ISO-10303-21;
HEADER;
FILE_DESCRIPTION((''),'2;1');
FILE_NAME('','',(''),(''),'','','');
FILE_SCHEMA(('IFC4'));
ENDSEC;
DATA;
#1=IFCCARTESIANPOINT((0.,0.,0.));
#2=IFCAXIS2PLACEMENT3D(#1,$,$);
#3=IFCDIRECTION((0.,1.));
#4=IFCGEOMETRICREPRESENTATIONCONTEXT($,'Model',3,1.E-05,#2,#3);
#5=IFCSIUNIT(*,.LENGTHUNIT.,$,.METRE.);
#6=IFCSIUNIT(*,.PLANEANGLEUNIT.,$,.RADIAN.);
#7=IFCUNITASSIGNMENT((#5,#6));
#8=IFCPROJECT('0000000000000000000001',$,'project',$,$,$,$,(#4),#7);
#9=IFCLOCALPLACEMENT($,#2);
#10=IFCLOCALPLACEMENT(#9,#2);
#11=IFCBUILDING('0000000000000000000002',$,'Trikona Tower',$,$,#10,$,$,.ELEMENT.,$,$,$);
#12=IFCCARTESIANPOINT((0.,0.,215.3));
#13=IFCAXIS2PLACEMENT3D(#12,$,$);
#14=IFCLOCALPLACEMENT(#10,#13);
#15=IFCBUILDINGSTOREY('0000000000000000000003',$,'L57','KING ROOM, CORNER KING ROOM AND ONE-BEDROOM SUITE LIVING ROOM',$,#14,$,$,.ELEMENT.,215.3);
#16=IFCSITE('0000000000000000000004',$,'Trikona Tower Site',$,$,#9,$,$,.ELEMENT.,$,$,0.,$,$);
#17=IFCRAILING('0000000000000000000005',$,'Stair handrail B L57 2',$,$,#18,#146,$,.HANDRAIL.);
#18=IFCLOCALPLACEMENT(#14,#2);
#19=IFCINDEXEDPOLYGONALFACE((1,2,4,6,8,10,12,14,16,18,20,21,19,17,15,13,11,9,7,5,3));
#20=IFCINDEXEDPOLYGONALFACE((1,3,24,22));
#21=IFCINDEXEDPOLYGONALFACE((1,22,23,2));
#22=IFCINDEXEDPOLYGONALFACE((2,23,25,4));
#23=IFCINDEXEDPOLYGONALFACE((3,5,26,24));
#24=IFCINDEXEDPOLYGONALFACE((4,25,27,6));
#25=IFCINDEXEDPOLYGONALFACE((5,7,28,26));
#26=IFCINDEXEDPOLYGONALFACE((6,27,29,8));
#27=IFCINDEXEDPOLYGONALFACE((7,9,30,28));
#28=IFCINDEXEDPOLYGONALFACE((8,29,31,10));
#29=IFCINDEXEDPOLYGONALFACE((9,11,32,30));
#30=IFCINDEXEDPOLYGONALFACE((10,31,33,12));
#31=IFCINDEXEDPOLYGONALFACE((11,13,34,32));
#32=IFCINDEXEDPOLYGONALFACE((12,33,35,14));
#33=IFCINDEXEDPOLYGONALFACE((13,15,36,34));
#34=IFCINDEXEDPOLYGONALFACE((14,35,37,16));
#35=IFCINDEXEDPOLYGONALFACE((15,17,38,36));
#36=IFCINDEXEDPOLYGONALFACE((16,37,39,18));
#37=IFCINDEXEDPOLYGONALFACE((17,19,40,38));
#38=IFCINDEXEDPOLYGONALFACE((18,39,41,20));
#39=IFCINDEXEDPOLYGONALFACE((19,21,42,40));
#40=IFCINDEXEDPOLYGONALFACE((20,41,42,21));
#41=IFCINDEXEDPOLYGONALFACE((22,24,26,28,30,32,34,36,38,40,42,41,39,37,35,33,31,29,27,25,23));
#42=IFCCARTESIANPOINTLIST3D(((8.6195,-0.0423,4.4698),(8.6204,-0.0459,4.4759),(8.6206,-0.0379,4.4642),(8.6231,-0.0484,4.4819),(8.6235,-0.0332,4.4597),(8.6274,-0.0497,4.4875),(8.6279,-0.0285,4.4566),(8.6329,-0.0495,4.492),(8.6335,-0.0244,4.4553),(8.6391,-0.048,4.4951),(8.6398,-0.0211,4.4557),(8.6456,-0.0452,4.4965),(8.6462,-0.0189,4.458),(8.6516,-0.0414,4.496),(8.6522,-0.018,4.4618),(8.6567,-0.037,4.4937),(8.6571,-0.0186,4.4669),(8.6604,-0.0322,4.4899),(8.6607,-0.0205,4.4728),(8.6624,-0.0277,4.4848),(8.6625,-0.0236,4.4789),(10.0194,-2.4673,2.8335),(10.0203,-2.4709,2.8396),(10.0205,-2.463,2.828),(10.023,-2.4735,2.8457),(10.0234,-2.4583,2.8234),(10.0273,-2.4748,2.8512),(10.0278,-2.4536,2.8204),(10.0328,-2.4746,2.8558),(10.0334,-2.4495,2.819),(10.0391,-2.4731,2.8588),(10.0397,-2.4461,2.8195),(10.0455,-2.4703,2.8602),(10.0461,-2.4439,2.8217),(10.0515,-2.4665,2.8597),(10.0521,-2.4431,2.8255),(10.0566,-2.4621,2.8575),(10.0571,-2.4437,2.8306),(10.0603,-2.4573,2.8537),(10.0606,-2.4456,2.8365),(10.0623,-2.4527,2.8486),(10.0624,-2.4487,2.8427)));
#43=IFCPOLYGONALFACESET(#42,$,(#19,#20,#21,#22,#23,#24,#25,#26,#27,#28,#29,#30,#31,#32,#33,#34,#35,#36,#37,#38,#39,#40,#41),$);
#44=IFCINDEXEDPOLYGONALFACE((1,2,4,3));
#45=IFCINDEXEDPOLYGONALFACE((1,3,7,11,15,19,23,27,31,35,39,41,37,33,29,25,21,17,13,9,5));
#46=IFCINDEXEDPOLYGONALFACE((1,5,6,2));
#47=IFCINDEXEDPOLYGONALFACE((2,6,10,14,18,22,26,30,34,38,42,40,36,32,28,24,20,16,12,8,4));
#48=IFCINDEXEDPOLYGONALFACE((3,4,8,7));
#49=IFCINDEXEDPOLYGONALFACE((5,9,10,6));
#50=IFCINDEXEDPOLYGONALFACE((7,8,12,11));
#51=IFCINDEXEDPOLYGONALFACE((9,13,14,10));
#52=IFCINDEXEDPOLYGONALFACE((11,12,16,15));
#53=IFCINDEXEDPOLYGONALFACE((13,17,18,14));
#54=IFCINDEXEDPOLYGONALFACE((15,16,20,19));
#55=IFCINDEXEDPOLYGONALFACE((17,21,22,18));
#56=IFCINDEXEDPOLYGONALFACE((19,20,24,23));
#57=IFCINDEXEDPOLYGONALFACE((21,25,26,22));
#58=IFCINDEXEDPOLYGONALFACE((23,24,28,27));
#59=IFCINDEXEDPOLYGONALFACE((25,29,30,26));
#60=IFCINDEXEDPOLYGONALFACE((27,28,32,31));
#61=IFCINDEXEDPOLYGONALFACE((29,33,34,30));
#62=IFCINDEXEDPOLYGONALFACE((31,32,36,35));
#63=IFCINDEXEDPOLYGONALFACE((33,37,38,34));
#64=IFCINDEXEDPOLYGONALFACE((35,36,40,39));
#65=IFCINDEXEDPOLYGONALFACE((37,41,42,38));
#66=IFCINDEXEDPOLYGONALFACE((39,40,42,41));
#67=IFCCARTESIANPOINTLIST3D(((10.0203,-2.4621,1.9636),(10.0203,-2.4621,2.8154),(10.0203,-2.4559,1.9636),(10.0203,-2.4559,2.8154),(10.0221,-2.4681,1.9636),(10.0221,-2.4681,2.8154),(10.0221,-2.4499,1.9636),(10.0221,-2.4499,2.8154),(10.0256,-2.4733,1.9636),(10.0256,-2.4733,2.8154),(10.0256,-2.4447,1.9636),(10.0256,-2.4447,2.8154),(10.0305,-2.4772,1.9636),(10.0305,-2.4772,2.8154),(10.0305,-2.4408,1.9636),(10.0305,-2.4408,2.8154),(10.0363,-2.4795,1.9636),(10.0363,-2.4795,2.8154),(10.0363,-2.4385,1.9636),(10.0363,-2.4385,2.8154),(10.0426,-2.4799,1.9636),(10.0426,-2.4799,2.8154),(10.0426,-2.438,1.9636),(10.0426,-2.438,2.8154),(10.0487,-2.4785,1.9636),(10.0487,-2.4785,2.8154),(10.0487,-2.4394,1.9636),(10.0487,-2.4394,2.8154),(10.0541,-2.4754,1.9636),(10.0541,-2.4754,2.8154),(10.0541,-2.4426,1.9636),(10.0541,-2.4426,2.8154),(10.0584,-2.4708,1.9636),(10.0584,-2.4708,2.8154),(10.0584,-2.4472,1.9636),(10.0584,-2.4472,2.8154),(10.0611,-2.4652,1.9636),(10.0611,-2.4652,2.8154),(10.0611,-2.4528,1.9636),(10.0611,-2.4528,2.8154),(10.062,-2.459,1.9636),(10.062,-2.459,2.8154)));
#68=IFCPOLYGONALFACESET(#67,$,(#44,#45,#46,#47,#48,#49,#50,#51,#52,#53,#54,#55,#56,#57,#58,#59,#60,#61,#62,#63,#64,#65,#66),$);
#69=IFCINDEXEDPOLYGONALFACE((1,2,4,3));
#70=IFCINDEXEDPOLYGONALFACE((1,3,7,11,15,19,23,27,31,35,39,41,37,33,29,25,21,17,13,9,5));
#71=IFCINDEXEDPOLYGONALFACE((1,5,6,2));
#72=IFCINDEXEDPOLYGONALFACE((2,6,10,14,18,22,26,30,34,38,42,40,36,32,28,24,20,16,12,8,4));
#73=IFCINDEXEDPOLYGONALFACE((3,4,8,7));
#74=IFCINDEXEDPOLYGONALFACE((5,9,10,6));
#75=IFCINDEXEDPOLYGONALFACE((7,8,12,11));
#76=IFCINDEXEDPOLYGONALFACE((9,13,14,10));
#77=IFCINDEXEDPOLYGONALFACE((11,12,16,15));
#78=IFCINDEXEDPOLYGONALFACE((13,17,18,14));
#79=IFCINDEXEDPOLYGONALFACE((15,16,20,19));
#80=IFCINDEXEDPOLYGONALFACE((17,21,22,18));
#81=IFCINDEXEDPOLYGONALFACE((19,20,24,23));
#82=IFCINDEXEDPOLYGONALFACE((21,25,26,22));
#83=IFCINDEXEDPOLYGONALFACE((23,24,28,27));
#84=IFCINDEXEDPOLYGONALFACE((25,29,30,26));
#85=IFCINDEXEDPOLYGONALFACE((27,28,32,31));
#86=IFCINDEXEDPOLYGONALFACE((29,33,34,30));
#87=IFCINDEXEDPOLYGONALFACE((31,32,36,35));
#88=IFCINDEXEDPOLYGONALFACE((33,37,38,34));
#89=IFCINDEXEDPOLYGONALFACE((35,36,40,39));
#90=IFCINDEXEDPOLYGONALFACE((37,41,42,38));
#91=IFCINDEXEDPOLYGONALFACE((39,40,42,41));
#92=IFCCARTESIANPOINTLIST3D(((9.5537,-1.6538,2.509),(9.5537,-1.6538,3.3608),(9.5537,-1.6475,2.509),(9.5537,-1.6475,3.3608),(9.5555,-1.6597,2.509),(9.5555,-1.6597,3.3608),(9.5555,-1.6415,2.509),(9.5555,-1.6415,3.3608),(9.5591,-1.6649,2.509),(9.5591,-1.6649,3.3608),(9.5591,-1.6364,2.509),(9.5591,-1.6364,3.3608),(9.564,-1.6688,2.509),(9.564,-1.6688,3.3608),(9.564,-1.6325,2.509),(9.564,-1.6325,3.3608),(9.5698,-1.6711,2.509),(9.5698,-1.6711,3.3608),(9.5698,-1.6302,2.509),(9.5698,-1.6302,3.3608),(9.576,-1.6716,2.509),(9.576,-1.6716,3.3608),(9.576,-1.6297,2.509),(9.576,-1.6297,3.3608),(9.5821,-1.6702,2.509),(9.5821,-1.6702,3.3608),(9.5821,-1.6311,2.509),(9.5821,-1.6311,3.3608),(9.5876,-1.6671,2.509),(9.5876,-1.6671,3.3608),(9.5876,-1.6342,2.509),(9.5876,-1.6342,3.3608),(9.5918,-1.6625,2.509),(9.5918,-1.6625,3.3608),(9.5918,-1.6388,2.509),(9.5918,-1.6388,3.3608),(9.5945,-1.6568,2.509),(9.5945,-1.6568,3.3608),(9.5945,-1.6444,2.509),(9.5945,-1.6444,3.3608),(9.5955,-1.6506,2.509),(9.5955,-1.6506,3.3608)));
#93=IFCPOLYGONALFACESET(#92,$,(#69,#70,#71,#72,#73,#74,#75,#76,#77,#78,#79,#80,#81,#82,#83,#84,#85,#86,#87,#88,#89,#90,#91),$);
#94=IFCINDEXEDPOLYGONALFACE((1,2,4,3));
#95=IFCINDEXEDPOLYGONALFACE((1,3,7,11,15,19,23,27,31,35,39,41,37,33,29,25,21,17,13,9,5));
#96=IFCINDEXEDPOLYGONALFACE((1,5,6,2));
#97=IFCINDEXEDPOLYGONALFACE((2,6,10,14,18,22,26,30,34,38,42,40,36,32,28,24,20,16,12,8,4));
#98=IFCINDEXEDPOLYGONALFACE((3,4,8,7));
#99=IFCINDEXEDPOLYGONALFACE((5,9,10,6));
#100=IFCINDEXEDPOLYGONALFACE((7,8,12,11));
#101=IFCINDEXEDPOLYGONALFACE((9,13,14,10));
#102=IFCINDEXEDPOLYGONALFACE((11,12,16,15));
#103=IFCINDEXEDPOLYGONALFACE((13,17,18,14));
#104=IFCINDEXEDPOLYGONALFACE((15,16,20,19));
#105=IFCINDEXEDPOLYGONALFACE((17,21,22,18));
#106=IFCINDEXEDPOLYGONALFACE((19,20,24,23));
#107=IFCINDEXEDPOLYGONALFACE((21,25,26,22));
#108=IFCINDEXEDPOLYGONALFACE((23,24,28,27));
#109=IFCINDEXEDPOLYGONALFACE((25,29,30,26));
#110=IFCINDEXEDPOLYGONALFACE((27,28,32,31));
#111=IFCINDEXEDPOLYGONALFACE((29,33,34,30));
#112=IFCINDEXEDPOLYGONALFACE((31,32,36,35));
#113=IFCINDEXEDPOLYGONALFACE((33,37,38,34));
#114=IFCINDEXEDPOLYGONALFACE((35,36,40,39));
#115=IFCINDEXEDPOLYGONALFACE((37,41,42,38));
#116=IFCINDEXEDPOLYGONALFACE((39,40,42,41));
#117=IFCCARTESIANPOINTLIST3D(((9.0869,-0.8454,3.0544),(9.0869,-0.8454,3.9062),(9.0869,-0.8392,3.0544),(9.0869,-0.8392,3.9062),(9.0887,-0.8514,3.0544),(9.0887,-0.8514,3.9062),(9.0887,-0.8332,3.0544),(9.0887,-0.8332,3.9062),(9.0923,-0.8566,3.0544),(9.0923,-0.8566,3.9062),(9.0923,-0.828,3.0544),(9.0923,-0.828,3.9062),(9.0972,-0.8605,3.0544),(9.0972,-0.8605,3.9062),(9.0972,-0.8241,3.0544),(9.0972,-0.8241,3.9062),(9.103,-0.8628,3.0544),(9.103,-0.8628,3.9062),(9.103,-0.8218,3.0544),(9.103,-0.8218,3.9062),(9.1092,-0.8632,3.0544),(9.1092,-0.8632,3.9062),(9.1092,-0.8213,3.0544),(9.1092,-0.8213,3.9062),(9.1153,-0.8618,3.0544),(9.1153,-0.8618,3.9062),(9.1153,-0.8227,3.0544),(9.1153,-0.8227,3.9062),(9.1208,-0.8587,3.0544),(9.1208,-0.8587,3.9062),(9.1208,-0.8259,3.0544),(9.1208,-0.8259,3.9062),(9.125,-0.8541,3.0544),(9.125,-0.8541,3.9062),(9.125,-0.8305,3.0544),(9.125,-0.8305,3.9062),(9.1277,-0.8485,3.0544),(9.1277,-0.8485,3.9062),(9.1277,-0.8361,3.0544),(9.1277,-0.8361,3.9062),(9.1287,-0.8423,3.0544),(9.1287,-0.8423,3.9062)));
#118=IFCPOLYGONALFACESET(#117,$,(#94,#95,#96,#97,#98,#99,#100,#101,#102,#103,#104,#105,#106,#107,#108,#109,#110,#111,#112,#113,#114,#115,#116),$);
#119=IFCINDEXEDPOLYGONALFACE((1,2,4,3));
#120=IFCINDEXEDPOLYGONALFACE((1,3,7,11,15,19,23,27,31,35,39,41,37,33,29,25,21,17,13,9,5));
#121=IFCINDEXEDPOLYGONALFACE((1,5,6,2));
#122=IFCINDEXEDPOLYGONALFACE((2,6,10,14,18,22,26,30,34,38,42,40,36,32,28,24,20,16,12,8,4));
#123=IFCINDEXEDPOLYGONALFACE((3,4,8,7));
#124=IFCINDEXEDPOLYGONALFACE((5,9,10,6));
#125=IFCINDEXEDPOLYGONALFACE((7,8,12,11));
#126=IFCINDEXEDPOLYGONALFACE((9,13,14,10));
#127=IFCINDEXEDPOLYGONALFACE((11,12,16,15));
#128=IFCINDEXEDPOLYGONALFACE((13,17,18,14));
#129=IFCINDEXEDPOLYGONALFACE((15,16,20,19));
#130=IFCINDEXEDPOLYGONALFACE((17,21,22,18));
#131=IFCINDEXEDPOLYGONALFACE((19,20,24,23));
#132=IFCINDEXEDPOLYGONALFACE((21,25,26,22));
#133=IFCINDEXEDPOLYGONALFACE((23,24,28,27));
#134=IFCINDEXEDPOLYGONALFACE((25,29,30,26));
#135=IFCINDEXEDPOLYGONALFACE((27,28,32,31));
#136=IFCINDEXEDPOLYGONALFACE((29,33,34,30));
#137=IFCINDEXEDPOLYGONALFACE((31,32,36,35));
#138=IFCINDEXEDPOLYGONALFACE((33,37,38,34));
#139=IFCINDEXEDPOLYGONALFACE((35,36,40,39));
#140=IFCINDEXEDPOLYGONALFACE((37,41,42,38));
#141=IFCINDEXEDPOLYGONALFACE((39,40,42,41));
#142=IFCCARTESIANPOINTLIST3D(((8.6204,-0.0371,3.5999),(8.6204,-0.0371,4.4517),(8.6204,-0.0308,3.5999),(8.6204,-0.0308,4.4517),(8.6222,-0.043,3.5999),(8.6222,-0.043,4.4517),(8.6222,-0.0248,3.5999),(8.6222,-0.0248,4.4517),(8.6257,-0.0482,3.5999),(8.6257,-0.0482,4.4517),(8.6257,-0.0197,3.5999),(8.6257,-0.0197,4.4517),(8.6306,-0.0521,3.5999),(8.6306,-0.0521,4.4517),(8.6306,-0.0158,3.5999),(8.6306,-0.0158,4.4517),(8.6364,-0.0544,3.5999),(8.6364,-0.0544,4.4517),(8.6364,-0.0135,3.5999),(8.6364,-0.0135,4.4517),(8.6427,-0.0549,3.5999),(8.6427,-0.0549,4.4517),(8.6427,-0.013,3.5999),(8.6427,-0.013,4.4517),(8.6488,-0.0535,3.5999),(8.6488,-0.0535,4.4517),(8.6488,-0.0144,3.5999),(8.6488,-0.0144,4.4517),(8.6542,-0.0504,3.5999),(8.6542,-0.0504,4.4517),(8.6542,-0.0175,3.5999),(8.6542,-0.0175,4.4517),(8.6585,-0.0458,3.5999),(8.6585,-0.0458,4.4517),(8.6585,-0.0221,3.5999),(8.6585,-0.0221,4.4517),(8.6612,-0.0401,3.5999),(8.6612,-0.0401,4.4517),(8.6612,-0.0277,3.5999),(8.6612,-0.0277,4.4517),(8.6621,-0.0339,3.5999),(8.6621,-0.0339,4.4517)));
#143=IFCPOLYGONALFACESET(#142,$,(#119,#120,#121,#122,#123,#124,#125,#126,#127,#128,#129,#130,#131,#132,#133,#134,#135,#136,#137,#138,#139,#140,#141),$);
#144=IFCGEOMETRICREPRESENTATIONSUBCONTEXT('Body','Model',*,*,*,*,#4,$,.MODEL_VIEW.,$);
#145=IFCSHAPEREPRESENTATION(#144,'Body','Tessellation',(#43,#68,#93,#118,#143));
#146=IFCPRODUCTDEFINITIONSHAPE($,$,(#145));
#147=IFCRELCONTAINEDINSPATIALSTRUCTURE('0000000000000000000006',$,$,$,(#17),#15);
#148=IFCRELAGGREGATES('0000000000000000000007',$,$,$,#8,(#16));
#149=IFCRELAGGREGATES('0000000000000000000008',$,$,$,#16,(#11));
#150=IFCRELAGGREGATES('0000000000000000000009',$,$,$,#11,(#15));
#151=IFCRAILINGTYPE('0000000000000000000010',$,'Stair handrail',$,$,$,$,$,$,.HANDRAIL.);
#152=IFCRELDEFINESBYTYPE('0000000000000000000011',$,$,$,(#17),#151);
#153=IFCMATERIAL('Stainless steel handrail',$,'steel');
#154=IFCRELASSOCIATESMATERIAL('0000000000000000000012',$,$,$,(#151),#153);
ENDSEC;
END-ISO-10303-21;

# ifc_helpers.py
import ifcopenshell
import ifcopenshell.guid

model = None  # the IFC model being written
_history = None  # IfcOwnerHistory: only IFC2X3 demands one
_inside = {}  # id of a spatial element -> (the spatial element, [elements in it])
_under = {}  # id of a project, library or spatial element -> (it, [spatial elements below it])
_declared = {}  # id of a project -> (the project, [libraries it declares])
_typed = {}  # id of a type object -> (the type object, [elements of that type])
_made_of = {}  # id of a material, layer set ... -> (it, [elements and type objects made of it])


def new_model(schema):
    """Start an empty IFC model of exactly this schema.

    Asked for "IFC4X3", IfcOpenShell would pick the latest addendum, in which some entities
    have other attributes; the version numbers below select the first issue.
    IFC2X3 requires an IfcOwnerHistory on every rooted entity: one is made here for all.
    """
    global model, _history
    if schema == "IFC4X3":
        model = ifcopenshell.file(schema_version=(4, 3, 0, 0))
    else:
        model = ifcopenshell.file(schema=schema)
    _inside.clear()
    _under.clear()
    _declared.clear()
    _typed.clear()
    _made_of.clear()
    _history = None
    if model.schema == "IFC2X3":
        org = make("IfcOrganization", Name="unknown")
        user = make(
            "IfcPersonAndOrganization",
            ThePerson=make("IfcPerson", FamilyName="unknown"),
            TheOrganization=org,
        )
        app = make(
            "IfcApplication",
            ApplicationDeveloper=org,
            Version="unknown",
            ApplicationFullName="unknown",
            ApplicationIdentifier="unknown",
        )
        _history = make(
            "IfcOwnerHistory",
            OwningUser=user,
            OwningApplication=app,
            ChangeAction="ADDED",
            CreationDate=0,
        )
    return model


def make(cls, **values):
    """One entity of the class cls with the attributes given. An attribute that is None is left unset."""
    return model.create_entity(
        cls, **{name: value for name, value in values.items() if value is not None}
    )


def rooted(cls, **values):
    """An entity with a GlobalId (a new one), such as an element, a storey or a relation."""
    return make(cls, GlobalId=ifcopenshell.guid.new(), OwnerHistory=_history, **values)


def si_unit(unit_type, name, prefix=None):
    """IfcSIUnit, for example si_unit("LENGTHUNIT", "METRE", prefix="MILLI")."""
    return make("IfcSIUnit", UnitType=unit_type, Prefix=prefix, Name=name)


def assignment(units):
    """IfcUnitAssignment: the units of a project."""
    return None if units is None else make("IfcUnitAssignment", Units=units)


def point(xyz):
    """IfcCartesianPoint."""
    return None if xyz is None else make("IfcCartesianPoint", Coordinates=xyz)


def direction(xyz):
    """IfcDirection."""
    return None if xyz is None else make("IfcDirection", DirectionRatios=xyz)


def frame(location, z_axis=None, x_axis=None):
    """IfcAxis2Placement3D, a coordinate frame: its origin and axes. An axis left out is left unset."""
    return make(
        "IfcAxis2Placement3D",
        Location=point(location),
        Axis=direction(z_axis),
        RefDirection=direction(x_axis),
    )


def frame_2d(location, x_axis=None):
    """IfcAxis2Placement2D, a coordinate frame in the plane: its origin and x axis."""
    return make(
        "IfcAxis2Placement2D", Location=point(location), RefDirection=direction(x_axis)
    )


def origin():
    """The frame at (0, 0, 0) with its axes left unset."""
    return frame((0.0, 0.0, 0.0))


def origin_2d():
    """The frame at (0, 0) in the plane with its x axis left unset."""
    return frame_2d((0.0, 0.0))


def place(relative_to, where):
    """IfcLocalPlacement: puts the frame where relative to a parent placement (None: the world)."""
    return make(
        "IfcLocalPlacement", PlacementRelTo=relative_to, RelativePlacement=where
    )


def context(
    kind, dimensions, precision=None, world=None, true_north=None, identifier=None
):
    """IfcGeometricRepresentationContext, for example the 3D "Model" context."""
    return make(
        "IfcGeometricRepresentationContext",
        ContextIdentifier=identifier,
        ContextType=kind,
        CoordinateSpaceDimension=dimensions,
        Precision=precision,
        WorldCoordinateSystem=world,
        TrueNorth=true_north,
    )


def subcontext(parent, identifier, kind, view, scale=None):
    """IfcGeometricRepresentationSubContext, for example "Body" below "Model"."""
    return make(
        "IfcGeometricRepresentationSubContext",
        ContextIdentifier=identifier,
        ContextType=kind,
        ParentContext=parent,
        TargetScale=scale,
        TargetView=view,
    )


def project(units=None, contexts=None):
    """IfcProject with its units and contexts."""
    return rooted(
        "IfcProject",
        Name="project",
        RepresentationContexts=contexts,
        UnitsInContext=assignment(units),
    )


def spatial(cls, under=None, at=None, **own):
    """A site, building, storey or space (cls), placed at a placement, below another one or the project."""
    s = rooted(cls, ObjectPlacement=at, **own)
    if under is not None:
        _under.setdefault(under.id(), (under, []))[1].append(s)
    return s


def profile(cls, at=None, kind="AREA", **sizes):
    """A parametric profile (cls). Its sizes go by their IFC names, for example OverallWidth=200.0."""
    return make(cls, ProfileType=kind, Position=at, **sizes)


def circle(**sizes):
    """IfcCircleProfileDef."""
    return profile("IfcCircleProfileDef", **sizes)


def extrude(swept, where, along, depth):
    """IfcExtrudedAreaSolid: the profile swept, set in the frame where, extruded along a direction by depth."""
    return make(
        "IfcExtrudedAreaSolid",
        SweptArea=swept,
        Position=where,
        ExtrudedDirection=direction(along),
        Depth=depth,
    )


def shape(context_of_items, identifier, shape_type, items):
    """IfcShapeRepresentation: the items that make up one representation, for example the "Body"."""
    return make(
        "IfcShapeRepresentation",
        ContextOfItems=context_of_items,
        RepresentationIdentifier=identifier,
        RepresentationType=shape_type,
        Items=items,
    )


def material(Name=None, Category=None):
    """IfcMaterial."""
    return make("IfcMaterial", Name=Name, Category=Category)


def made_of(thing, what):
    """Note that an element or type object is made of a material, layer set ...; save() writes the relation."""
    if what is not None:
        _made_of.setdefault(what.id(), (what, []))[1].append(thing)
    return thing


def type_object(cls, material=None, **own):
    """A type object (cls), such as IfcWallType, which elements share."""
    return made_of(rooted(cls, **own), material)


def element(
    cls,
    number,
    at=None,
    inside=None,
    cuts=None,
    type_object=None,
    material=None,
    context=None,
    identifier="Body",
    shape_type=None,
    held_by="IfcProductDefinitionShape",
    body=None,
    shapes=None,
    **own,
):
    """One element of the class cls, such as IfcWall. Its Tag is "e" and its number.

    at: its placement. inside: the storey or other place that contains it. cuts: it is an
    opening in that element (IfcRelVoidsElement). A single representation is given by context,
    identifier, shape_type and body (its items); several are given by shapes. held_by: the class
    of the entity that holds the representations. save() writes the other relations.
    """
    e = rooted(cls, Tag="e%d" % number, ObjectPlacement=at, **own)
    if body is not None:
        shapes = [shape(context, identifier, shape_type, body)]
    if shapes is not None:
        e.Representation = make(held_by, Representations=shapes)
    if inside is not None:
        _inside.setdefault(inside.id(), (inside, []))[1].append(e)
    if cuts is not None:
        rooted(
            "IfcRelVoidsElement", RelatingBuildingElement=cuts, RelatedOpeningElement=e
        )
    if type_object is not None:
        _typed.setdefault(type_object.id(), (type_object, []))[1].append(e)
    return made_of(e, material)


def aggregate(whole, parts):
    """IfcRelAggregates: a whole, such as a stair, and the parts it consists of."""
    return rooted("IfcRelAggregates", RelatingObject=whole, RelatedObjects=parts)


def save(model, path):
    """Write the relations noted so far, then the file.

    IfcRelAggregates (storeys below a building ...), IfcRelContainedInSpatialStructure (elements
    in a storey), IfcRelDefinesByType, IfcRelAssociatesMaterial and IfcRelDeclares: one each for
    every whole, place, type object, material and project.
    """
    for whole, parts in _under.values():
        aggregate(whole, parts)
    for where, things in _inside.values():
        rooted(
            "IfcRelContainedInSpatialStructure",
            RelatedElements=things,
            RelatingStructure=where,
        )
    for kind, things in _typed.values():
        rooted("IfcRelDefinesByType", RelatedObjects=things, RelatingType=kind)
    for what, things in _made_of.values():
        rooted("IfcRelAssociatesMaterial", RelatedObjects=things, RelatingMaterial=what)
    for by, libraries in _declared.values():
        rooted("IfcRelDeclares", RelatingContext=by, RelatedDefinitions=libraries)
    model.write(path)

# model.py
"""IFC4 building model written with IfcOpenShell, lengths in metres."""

from ifc_helpers import new_model, si_unit, direction, frame, origin, origin_2d, place, context, subcontext, project, spatial, circle, extrude, material, type_object, element, save


model = new_model("IFC4")

# Units and contexts
model_context = context("Model", 3, precision=1e-05, world=origin(), true_north=direction((0.0, 1.0)))
body_context = subcontext(model_context, "Body", "Model", "MODEL_VIEW")
ifc_project = project(units=[si_unit("LENGTHUNIT", "METRE"), si_unit("PLANEANGLEUNIT", "RADIAN")], contexts=[model_context])

# Site, building, storey
site_placement = place(None, origin())
site = spatial("IfcSite", under=ifc_project, at=site_placement, Name="Trikona Tower Site", CompositionType="ELEMENT", RefElevation=0.0)
building_placement = place(site_placement, origin())
building = spatial("IfcBuilding", under=site, at=building_placement, Name="Trikona Tower", CompositionType="ELEMENT")
storey_placement = place(building_placement, frame((0.0, 0.0, 215.3)))
storey = spatial("IfcBuildingStorey", under=building, at=storey_placement, Name="L57", Description="KING ROOM, CORNER KING ROOM AND ONE-BEDROOM SUITE LIVING ROOM", CompositionType="ELEMENT", Elevation=215.3)

# Railing
ifc_material_1 = material(Name="Stainless steel handrail", Category="steel")
railing_type = type_object("IfcRailingType", Name="Stair handrail", PredefinedType="HANDRAIL", material=ifc_material_1)
railing_placement = place(storey_placement, frame((10.041, -2.459, 1.9636)))
element("IfcRailing", 1, at=railing_placement, inside=storey, type_object=railing_type, Name="Stair handrail B L57 2", PredefinedType="HANDRAIL", context=body_context, shape_type="SweptSolid", body=[
    extrude(circle(Radius=0.0239, at=origin_2d()), frame((0.0, 0.0, 0.876), z_axis=(-0.431653, 0.747751, 0.504523), x_axis=(-0.866056, -0.499946, 0.0)), (0.0, 0.0, 1.0), 3.2432),
    extrude(circle(Radius=0.021, at=origin_2d()), origin(), (0.0, 0.0, 1.0), 0.8518),
    extrude(circle(Radius=0.021, at=origin_2d()), frame((-0.4666, 0.8083, 0.5454)), (0.0, 0.0, 1.0), 0.8518),
    extrude(circle(Radius=0.021, at=origin_2d()), frame((-0.9333, 1.6167, 1.0908)), (0.0, 0.0, 1.0), 0.8518),
    extrude(circle(Radius=0.021, at=origin_2d()), frame((-1.3999, 2.425, 1.6362)), (0.0, 0.0, 1.0), 0.8518),
])

save(model, "model.ifc")
